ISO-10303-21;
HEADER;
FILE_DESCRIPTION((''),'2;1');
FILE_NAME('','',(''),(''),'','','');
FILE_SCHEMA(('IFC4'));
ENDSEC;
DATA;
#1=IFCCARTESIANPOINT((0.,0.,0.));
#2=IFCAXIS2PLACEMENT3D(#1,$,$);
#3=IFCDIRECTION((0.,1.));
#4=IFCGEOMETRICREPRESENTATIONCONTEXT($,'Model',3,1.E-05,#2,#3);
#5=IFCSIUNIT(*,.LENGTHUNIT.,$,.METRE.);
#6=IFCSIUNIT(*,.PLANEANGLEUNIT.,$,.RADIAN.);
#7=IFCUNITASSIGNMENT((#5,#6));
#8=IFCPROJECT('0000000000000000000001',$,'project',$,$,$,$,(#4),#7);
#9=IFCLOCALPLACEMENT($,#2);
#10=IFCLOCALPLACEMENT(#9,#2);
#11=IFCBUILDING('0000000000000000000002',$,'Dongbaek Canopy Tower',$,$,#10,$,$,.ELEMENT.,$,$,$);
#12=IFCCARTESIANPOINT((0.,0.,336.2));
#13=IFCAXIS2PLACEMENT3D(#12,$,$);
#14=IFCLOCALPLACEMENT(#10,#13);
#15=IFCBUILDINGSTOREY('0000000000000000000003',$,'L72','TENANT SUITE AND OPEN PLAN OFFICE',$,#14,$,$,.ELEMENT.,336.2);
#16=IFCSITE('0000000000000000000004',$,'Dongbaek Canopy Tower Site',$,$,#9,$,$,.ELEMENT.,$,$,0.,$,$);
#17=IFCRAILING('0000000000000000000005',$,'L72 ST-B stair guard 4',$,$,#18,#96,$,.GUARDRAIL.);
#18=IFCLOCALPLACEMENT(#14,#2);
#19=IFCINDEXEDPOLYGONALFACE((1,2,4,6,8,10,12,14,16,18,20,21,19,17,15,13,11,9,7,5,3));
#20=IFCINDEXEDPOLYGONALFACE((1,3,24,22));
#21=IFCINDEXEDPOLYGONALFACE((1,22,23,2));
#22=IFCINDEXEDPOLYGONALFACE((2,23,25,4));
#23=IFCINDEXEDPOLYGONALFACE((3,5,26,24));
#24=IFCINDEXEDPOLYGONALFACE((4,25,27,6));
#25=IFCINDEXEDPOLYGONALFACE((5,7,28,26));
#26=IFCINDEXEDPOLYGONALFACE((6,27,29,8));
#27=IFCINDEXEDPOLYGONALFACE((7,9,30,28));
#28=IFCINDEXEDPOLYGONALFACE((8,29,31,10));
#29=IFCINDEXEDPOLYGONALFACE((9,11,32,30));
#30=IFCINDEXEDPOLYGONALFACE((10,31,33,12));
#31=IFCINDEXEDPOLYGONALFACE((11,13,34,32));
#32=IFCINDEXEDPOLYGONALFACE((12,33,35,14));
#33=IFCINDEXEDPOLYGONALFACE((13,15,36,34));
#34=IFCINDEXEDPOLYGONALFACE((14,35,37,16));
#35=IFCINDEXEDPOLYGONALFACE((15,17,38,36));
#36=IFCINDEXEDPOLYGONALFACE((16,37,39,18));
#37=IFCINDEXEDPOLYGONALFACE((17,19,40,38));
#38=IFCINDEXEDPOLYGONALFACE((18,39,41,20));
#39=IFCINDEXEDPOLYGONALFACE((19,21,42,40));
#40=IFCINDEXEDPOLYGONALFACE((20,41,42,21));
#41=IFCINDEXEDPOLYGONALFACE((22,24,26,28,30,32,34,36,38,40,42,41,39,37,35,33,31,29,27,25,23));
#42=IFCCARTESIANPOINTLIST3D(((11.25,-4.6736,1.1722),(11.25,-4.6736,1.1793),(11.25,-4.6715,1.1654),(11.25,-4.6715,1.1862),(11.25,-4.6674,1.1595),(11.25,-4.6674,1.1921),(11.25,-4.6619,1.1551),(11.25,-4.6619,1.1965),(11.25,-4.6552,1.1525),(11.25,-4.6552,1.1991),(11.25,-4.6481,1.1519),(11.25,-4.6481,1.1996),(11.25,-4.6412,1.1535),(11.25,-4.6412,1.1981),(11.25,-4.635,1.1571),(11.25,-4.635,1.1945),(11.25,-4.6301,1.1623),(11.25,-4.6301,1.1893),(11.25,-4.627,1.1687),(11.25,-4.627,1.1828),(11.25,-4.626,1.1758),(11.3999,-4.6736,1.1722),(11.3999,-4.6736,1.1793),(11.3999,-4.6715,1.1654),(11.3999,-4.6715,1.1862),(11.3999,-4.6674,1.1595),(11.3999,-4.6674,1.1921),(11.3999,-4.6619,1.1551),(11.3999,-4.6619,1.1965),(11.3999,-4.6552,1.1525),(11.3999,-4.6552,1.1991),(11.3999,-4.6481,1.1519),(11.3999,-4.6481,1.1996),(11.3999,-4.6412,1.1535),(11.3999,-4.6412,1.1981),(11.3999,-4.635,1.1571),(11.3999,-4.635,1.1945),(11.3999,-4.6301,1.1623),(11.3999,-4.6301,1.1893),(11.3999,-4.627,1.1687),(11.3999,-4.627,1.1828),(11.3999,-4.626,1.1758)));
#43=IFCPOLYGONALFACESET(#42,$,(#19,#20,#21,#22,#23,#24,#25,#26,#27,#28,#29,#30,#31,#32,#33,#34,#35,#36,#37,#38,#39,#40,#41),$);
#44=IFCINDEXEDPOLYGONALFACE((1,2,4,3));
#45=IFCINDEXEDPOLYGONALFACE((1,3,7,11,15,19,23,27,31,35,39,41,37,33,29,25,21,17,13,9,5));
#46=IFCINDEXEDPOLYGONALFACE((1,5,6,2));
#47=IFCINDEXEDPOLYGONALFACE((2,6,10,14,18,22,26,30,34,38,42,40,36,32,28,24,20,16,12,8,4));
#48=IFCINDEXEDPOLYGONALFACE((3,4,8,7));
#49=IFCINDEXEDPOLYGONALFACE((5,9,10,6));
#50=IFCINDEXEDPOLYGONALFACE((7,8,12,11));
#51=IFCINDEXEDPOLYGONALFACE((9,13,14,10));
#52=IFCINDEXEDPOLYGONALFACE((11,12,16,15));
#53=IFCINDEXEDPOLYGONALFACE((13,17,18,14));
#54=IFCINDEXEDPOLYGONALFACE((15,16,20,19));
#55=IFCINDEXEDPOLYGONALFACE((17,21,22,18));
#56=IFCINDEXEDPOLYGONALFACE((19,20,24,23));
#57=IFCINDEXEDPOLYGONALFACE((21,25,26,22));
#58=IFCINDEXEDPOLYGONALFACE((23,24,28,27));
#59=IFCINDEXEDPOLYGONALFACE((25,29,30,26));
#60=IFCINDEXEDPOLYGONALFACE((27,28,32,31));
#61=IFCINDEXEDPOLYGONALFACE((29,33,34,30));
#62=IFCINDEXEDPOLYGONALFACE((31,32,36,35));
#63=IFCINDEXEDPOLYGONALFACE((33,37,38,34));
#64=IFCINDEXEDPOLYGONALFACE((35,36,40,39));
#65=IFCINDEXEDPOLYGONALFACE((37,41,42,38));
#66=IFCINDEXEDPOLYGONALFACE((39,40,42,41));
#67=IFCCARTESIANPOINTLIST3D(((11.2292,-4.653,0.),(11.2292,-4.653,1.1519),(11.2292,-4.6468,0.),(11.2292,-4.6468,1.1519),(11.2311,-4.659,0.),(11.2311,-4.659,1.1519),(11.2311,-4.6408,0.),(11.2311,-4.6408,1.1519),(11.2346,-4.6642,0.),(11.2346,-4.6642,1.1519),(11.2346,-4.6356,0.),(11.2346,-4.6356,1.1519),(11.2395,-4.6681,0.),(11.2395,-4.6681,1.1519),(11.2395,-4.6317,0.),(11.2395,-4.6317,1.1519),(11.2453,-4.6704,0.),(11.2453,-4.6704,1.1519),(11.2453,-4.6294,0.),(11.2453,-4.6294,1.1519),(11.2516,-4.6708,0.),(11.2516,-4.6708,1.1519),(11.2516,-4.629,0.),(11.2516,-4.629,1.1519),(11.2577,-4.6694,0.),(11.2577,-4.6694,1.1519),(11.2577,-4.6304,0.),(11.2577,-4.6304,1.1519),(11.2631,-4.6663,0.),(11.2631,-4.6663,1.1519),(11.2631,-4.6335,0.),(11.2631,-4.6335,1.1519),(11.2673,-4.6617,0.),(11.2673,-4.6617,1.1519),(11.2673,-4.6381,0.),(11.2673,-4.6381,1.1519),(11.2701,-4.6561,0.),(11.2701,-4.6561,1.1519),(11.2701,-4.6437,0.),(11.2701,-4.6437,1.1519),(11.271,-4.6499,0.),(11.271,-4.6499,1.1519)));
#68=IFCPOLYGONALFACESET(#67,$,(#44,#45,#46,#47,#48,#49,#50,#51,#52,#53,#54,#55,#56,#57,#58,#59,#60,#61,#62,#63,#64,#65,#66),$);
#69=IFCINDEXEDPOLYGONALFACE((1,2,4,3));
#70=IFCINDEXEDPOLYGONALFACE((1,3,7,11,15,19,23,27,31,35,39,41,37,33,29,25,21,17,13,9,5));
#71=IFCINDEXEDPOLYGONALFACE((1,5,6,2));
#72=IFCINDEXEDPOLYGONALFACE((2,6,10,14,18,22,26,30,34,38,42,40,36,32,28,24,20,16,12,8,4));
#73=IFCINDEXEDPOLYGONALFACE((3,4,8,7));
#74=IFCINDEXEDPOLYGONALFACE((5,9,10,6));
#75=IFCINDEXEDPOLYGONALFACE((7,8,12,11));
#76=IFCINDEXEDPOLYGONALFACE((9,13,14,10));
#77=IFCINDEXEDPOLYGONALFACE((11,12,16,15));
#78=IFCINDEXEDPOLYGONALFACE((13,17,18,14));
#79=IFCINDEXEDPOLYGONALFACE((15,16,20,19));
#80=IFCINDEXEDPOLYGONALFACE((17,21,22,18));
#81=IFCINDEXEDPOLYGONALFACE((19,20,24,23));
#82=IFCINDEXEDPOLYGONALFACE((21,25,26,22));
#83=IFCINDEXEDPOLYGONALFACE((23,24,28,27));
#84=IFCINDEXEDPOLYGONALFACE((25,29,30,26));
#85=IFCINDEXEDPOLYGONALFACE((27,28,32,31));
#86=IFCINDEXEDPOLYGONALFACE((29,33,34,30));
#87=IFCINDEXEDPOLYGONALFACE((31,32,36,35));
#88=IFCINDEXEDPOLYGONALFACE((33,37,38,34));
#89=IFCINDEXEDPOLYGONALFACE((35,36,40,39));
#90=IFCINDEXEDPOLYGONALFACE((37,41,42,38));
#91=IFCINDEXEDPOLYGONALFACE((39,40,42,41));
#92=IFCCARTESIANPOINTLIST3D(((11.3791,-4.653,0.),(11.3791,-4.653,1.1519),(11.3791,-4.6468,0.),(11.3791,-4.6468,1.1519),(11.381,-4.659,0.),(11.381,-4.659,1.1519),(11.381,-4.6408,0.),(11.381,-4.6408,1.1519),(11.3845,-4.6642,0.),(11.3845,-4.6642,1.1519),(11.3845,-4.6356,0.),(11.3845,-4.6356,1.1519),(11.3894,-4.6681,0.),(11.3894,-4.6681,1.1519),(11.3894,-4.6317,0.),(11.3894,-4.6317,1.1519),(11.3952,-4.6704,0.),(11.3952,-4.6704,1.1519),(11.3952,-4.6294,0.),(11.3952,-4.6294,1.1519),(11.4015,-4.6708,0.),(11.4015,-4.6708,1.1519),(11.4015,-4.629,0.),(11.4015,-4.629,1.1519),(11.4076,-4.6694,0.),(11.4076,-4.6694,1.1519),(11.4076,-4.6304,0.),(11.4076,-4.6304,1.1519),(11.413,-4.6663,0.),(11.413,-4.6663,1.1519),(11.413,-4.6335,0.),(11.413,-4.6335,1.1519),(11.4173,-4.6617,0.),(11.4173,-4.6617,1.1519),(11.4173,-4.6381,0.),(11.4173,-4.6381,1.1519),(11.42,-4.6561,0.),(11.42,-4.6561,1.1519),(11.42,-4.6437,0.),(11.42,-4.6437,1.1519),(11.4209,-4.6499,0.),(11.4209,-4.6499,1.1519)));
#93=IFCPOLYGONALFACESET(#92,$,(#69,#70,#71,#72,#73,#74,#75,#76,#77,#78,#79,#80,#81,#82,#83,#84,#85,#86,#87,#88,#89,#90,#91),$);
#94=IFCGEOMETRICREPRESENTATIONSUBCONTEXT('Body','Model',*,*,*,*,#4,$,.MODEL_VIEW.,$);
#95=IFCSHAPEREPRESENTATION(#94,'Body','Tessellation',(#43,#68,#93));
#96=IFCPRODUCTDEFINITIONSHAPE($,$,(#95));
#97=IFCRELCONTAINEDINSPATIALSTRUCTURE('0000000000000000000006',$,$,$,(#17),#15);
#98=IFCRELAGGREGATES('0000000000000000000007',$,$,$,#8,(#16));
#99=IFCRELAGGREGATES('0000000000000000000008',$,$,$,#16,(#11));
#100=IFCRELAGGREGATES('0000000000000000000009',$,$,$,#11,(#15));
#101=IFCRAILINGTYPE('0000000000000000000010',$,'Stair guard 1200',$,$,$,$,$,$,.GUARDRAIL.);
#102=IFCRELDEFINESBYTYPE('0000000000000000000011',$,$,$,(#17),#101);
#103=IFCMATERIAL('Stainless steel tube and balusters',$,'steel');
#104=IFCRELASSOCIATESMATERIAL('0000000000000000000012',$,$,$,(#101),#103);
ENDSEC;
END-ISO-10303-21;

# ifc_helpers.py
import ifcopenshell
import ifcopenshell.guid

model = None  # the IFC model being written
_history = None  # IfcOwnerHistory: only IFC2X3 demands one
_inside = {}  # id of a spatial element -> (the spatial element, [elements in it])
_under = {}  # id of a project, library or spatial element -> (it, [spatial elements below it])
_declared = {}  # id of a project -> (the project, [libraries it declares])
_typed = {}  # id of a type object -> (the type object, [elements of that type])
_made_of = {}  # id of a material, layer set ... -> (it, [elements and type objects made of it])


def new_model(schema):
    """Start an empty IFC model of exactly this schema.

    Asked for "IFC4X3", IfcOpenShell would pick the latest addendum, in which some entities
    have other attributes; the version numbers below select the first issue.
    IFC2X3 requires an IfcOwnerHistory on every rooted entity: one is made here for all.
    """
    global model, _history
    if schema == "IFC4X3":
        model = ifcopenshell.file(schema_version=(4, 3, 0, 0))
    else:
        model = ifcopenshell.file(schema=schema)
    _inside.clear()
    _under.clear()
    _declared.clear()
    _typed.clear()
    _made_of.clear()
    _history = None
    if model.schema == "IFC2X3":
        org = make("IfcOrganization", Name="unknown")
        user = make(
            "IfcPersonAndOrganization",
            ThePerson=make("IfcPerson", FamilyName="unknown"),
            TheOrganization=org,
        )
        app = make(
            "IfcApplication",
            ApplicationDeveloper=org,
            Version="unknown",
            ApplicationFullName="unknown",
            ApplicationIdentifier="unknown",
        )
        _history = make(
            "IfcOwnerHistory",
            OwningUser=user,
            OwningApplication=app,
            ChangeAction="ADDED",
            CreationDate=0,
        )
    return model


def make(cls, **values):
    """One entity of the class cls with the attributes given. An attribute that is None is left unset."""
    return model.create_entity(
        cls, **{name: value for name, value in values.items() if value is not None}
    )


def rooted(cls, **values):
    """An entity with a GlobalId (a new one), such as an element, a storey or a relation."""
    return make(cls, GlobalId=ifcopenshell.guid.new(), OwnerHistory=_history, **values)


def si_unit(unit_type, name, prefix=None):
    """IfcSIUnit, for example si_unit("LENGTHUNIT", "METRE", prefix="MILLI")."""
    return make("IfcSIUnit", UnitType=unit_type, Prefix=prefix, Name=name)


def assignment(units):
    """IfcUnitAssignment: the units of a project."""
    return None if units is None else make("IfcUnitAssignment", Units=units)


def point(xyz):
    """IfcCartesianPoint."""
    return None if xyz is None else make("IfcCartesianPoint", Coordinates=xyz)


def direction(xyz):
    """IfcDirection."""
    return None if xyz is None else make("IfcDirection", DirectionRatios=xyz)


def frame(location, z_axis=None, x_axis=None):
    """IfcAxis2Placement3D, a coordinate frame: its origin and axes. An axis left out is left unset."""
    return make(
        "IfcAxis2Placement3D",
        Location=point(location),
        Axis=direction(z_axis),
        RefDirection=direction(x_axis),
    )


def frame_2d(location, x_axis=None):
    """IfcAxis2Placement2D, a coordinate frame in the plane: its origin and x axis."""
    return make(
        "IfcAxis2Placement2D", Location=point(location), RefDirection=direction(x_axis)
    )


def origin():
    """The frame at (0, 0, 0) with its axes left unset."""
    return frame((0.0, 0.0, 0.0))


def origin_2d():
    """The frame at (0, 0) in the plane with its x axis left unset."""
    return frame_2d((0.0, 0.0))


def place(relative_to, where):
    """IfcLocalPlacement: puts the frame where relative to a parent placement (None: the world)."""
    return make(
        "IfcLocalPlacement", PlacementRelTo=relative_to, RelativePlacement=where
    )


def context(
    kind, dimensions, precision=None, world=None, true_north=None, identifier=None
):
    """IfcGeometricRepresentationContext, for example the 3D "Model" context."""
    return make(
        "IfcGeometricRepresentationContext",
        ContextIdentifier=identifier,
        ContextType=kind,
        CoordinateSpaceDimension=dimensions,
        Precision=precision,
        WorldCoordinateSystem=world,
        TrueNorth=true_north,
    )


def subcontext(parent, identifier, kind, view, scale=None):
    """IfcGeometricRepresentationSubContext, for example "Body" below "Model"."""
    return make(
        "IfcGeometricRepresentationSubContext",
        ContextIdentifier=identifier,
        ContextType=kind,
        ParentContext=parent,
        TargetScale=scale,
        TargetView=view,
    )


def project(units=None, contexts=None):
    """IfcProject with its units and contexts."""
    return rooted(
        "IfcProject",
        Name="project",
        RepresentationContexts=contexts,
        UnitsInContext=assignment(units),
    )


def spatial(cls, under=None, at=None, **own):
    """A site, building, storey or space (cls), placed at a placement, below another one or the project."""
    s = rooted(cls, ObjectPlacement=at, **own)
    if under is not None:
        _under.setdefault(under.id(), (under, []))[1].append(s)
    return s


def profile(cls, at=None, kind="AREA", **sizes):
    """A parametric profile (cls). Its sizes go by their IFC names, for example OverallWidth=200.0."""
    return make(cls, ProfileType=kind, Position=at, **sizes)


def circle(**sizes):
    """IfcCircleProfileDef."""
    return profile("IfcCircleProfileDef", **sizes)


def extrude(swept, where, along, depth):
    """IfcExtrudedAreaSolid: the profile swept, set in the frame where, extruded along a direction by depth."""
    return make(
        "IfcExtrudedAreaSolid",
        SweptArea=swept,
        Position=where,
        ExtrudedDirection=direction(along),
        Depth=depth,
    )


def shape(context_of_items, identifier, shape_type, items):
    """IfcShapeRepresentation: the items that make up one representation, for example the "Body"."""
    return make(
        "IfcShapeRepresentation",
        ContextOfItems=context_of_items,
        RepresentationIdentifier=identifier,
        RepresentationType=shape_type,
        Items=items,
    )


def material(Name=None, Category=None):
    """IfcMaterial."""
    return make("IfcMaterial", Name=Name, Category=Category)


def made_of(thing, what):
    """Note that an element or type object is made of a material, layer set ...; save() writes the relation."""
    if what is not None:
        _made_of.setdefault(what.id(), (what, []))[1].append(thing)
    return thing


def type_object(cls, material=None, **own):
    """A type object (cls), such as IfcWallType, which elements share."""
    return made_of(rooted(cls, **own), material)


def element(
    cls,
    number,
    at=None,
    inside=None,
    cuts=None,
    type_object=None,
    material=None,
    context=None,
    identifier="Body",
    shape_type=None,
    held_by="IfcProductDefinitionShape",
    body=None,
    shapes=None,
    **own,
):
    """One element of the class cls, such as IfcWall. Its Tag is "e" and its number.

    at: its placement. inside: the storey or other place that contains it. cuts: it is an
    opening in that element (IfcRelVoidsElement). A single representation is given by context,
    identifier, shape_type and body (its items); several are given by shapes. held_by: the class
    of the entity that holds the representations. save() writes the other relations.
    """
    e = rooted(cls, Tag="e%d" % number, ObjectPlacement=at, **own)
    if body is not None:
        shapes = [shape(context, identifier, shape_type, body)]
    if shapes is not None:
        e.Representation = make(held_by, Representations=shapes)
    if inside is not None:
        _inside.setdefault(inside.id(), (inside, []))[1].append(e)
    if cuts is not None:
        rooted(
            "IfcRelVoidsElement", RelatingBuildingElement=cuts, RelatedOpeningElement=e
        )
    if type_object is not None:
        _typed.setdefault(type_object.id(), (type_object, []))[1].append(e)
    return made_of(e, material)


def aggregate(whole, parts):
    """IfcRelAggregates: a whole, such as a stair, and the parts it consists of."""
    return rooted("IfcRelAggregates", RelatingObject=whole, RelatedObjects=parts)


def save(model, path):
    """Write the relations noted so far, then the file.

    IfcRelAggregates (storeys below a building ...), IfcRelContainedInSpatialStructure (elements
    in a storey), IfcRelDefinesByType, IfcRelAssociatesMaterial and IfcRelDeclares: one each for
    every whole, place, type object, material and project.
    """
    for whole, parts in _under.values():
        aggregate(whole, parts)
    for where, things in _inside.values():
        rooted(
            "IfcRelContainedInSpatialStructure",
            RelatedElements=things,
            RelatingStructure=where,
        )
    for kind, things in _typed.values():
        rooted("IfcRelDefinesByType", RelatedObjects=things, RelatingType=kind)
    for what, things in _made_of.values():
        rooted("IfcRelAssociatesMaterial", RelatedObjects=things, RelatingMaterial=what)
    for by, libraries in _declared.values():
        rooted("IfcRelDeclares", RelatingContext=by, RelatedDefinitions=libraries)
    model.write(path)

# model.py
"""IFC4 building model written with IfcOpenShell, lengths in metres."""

from ifc_helpers import new_model, si_unit, direction, frame, origin, origin_2d, place, context, subcontext, project, spatial, circle, extrude, material, type_object, element, save


model = new_model("IFC4")

# Units and contexts
model_context = context("Model", 3, precision=1e-05, world=origin(), true_north=direction((0.0, 1.0)))
body_context = subcontext(model_context, "Body", "Model", "MODEL_VIEW")
ifc_project = project(units=[si_unit("LENGTHUNIT", "METRE"), si_unit("PLANEANGLEUNIT", "RADIAN")], contexts=[model_context])

# Site, building, storey
site_placement = place(None, origin())
site = spatial("IfcSite", under=ifc_project, at=site_placement, Name="Dongbaek Canopy Tower Site", CompositionType="ELEMENT", RefElevation=0.0)
building_placement = place(site_placement, origin())
building = spatial("IfcBuilding", under=site, at=building_placement, Name="Dongbaek Canopy Tower", CompositionType="ELEMENT")
storey_placement = place(building_placement, frame((0.0, 0.0, 336.2)))
storey = spatial("IfcBuildingStorey", under=building, at=storey_placement, Name="L72", Description="TENANT SUITE AND OPEN PLAN OFFICE", CompositionType="ELEMENT", Elevation=336.2)

# Railing
ifc_material_1 = material(Name="Stainless steel tube and balusters", Category="steel")
railing_type_1 = type_object("IfcRailingType", Name="Stair guard 1200", PredefinedType="GUARDRAIL", material=ifc_material_1)
railing_1_placement = place(storey_placement, frame((11.25, -4.6499, 0.0)))
element("IfcRailing", 1, at=railing_1_placement, inside=storey, type_object=railing_type_1, Name="L72 ST-B stair guard 4", PredefinedType="GUARDRAIL", context=body_context, shape_type="SweptSolid", body=[
    extrude(circle(Radius=0.0239, at=origin_2d()), frame((0.0, 0.0, 1.1758), z_axis=(1.0, 0.0, 0.0), x_axis=(0.0, 1.0, 0.0)), (0.0, 0.0, 1.0), 0.1499),
    extrude(circle(Radius=0.021, at=origin_2d()), origin(), (0.0, 0.0, 1.0), 1.1519),
    extrude(circle(Radius=0.021, at=origin_2d()), frame((0.1499, 0.0, 0.0)), (0.0, 0.0, 1.0), 1.1519),
])

save(model, "model.ifc")
